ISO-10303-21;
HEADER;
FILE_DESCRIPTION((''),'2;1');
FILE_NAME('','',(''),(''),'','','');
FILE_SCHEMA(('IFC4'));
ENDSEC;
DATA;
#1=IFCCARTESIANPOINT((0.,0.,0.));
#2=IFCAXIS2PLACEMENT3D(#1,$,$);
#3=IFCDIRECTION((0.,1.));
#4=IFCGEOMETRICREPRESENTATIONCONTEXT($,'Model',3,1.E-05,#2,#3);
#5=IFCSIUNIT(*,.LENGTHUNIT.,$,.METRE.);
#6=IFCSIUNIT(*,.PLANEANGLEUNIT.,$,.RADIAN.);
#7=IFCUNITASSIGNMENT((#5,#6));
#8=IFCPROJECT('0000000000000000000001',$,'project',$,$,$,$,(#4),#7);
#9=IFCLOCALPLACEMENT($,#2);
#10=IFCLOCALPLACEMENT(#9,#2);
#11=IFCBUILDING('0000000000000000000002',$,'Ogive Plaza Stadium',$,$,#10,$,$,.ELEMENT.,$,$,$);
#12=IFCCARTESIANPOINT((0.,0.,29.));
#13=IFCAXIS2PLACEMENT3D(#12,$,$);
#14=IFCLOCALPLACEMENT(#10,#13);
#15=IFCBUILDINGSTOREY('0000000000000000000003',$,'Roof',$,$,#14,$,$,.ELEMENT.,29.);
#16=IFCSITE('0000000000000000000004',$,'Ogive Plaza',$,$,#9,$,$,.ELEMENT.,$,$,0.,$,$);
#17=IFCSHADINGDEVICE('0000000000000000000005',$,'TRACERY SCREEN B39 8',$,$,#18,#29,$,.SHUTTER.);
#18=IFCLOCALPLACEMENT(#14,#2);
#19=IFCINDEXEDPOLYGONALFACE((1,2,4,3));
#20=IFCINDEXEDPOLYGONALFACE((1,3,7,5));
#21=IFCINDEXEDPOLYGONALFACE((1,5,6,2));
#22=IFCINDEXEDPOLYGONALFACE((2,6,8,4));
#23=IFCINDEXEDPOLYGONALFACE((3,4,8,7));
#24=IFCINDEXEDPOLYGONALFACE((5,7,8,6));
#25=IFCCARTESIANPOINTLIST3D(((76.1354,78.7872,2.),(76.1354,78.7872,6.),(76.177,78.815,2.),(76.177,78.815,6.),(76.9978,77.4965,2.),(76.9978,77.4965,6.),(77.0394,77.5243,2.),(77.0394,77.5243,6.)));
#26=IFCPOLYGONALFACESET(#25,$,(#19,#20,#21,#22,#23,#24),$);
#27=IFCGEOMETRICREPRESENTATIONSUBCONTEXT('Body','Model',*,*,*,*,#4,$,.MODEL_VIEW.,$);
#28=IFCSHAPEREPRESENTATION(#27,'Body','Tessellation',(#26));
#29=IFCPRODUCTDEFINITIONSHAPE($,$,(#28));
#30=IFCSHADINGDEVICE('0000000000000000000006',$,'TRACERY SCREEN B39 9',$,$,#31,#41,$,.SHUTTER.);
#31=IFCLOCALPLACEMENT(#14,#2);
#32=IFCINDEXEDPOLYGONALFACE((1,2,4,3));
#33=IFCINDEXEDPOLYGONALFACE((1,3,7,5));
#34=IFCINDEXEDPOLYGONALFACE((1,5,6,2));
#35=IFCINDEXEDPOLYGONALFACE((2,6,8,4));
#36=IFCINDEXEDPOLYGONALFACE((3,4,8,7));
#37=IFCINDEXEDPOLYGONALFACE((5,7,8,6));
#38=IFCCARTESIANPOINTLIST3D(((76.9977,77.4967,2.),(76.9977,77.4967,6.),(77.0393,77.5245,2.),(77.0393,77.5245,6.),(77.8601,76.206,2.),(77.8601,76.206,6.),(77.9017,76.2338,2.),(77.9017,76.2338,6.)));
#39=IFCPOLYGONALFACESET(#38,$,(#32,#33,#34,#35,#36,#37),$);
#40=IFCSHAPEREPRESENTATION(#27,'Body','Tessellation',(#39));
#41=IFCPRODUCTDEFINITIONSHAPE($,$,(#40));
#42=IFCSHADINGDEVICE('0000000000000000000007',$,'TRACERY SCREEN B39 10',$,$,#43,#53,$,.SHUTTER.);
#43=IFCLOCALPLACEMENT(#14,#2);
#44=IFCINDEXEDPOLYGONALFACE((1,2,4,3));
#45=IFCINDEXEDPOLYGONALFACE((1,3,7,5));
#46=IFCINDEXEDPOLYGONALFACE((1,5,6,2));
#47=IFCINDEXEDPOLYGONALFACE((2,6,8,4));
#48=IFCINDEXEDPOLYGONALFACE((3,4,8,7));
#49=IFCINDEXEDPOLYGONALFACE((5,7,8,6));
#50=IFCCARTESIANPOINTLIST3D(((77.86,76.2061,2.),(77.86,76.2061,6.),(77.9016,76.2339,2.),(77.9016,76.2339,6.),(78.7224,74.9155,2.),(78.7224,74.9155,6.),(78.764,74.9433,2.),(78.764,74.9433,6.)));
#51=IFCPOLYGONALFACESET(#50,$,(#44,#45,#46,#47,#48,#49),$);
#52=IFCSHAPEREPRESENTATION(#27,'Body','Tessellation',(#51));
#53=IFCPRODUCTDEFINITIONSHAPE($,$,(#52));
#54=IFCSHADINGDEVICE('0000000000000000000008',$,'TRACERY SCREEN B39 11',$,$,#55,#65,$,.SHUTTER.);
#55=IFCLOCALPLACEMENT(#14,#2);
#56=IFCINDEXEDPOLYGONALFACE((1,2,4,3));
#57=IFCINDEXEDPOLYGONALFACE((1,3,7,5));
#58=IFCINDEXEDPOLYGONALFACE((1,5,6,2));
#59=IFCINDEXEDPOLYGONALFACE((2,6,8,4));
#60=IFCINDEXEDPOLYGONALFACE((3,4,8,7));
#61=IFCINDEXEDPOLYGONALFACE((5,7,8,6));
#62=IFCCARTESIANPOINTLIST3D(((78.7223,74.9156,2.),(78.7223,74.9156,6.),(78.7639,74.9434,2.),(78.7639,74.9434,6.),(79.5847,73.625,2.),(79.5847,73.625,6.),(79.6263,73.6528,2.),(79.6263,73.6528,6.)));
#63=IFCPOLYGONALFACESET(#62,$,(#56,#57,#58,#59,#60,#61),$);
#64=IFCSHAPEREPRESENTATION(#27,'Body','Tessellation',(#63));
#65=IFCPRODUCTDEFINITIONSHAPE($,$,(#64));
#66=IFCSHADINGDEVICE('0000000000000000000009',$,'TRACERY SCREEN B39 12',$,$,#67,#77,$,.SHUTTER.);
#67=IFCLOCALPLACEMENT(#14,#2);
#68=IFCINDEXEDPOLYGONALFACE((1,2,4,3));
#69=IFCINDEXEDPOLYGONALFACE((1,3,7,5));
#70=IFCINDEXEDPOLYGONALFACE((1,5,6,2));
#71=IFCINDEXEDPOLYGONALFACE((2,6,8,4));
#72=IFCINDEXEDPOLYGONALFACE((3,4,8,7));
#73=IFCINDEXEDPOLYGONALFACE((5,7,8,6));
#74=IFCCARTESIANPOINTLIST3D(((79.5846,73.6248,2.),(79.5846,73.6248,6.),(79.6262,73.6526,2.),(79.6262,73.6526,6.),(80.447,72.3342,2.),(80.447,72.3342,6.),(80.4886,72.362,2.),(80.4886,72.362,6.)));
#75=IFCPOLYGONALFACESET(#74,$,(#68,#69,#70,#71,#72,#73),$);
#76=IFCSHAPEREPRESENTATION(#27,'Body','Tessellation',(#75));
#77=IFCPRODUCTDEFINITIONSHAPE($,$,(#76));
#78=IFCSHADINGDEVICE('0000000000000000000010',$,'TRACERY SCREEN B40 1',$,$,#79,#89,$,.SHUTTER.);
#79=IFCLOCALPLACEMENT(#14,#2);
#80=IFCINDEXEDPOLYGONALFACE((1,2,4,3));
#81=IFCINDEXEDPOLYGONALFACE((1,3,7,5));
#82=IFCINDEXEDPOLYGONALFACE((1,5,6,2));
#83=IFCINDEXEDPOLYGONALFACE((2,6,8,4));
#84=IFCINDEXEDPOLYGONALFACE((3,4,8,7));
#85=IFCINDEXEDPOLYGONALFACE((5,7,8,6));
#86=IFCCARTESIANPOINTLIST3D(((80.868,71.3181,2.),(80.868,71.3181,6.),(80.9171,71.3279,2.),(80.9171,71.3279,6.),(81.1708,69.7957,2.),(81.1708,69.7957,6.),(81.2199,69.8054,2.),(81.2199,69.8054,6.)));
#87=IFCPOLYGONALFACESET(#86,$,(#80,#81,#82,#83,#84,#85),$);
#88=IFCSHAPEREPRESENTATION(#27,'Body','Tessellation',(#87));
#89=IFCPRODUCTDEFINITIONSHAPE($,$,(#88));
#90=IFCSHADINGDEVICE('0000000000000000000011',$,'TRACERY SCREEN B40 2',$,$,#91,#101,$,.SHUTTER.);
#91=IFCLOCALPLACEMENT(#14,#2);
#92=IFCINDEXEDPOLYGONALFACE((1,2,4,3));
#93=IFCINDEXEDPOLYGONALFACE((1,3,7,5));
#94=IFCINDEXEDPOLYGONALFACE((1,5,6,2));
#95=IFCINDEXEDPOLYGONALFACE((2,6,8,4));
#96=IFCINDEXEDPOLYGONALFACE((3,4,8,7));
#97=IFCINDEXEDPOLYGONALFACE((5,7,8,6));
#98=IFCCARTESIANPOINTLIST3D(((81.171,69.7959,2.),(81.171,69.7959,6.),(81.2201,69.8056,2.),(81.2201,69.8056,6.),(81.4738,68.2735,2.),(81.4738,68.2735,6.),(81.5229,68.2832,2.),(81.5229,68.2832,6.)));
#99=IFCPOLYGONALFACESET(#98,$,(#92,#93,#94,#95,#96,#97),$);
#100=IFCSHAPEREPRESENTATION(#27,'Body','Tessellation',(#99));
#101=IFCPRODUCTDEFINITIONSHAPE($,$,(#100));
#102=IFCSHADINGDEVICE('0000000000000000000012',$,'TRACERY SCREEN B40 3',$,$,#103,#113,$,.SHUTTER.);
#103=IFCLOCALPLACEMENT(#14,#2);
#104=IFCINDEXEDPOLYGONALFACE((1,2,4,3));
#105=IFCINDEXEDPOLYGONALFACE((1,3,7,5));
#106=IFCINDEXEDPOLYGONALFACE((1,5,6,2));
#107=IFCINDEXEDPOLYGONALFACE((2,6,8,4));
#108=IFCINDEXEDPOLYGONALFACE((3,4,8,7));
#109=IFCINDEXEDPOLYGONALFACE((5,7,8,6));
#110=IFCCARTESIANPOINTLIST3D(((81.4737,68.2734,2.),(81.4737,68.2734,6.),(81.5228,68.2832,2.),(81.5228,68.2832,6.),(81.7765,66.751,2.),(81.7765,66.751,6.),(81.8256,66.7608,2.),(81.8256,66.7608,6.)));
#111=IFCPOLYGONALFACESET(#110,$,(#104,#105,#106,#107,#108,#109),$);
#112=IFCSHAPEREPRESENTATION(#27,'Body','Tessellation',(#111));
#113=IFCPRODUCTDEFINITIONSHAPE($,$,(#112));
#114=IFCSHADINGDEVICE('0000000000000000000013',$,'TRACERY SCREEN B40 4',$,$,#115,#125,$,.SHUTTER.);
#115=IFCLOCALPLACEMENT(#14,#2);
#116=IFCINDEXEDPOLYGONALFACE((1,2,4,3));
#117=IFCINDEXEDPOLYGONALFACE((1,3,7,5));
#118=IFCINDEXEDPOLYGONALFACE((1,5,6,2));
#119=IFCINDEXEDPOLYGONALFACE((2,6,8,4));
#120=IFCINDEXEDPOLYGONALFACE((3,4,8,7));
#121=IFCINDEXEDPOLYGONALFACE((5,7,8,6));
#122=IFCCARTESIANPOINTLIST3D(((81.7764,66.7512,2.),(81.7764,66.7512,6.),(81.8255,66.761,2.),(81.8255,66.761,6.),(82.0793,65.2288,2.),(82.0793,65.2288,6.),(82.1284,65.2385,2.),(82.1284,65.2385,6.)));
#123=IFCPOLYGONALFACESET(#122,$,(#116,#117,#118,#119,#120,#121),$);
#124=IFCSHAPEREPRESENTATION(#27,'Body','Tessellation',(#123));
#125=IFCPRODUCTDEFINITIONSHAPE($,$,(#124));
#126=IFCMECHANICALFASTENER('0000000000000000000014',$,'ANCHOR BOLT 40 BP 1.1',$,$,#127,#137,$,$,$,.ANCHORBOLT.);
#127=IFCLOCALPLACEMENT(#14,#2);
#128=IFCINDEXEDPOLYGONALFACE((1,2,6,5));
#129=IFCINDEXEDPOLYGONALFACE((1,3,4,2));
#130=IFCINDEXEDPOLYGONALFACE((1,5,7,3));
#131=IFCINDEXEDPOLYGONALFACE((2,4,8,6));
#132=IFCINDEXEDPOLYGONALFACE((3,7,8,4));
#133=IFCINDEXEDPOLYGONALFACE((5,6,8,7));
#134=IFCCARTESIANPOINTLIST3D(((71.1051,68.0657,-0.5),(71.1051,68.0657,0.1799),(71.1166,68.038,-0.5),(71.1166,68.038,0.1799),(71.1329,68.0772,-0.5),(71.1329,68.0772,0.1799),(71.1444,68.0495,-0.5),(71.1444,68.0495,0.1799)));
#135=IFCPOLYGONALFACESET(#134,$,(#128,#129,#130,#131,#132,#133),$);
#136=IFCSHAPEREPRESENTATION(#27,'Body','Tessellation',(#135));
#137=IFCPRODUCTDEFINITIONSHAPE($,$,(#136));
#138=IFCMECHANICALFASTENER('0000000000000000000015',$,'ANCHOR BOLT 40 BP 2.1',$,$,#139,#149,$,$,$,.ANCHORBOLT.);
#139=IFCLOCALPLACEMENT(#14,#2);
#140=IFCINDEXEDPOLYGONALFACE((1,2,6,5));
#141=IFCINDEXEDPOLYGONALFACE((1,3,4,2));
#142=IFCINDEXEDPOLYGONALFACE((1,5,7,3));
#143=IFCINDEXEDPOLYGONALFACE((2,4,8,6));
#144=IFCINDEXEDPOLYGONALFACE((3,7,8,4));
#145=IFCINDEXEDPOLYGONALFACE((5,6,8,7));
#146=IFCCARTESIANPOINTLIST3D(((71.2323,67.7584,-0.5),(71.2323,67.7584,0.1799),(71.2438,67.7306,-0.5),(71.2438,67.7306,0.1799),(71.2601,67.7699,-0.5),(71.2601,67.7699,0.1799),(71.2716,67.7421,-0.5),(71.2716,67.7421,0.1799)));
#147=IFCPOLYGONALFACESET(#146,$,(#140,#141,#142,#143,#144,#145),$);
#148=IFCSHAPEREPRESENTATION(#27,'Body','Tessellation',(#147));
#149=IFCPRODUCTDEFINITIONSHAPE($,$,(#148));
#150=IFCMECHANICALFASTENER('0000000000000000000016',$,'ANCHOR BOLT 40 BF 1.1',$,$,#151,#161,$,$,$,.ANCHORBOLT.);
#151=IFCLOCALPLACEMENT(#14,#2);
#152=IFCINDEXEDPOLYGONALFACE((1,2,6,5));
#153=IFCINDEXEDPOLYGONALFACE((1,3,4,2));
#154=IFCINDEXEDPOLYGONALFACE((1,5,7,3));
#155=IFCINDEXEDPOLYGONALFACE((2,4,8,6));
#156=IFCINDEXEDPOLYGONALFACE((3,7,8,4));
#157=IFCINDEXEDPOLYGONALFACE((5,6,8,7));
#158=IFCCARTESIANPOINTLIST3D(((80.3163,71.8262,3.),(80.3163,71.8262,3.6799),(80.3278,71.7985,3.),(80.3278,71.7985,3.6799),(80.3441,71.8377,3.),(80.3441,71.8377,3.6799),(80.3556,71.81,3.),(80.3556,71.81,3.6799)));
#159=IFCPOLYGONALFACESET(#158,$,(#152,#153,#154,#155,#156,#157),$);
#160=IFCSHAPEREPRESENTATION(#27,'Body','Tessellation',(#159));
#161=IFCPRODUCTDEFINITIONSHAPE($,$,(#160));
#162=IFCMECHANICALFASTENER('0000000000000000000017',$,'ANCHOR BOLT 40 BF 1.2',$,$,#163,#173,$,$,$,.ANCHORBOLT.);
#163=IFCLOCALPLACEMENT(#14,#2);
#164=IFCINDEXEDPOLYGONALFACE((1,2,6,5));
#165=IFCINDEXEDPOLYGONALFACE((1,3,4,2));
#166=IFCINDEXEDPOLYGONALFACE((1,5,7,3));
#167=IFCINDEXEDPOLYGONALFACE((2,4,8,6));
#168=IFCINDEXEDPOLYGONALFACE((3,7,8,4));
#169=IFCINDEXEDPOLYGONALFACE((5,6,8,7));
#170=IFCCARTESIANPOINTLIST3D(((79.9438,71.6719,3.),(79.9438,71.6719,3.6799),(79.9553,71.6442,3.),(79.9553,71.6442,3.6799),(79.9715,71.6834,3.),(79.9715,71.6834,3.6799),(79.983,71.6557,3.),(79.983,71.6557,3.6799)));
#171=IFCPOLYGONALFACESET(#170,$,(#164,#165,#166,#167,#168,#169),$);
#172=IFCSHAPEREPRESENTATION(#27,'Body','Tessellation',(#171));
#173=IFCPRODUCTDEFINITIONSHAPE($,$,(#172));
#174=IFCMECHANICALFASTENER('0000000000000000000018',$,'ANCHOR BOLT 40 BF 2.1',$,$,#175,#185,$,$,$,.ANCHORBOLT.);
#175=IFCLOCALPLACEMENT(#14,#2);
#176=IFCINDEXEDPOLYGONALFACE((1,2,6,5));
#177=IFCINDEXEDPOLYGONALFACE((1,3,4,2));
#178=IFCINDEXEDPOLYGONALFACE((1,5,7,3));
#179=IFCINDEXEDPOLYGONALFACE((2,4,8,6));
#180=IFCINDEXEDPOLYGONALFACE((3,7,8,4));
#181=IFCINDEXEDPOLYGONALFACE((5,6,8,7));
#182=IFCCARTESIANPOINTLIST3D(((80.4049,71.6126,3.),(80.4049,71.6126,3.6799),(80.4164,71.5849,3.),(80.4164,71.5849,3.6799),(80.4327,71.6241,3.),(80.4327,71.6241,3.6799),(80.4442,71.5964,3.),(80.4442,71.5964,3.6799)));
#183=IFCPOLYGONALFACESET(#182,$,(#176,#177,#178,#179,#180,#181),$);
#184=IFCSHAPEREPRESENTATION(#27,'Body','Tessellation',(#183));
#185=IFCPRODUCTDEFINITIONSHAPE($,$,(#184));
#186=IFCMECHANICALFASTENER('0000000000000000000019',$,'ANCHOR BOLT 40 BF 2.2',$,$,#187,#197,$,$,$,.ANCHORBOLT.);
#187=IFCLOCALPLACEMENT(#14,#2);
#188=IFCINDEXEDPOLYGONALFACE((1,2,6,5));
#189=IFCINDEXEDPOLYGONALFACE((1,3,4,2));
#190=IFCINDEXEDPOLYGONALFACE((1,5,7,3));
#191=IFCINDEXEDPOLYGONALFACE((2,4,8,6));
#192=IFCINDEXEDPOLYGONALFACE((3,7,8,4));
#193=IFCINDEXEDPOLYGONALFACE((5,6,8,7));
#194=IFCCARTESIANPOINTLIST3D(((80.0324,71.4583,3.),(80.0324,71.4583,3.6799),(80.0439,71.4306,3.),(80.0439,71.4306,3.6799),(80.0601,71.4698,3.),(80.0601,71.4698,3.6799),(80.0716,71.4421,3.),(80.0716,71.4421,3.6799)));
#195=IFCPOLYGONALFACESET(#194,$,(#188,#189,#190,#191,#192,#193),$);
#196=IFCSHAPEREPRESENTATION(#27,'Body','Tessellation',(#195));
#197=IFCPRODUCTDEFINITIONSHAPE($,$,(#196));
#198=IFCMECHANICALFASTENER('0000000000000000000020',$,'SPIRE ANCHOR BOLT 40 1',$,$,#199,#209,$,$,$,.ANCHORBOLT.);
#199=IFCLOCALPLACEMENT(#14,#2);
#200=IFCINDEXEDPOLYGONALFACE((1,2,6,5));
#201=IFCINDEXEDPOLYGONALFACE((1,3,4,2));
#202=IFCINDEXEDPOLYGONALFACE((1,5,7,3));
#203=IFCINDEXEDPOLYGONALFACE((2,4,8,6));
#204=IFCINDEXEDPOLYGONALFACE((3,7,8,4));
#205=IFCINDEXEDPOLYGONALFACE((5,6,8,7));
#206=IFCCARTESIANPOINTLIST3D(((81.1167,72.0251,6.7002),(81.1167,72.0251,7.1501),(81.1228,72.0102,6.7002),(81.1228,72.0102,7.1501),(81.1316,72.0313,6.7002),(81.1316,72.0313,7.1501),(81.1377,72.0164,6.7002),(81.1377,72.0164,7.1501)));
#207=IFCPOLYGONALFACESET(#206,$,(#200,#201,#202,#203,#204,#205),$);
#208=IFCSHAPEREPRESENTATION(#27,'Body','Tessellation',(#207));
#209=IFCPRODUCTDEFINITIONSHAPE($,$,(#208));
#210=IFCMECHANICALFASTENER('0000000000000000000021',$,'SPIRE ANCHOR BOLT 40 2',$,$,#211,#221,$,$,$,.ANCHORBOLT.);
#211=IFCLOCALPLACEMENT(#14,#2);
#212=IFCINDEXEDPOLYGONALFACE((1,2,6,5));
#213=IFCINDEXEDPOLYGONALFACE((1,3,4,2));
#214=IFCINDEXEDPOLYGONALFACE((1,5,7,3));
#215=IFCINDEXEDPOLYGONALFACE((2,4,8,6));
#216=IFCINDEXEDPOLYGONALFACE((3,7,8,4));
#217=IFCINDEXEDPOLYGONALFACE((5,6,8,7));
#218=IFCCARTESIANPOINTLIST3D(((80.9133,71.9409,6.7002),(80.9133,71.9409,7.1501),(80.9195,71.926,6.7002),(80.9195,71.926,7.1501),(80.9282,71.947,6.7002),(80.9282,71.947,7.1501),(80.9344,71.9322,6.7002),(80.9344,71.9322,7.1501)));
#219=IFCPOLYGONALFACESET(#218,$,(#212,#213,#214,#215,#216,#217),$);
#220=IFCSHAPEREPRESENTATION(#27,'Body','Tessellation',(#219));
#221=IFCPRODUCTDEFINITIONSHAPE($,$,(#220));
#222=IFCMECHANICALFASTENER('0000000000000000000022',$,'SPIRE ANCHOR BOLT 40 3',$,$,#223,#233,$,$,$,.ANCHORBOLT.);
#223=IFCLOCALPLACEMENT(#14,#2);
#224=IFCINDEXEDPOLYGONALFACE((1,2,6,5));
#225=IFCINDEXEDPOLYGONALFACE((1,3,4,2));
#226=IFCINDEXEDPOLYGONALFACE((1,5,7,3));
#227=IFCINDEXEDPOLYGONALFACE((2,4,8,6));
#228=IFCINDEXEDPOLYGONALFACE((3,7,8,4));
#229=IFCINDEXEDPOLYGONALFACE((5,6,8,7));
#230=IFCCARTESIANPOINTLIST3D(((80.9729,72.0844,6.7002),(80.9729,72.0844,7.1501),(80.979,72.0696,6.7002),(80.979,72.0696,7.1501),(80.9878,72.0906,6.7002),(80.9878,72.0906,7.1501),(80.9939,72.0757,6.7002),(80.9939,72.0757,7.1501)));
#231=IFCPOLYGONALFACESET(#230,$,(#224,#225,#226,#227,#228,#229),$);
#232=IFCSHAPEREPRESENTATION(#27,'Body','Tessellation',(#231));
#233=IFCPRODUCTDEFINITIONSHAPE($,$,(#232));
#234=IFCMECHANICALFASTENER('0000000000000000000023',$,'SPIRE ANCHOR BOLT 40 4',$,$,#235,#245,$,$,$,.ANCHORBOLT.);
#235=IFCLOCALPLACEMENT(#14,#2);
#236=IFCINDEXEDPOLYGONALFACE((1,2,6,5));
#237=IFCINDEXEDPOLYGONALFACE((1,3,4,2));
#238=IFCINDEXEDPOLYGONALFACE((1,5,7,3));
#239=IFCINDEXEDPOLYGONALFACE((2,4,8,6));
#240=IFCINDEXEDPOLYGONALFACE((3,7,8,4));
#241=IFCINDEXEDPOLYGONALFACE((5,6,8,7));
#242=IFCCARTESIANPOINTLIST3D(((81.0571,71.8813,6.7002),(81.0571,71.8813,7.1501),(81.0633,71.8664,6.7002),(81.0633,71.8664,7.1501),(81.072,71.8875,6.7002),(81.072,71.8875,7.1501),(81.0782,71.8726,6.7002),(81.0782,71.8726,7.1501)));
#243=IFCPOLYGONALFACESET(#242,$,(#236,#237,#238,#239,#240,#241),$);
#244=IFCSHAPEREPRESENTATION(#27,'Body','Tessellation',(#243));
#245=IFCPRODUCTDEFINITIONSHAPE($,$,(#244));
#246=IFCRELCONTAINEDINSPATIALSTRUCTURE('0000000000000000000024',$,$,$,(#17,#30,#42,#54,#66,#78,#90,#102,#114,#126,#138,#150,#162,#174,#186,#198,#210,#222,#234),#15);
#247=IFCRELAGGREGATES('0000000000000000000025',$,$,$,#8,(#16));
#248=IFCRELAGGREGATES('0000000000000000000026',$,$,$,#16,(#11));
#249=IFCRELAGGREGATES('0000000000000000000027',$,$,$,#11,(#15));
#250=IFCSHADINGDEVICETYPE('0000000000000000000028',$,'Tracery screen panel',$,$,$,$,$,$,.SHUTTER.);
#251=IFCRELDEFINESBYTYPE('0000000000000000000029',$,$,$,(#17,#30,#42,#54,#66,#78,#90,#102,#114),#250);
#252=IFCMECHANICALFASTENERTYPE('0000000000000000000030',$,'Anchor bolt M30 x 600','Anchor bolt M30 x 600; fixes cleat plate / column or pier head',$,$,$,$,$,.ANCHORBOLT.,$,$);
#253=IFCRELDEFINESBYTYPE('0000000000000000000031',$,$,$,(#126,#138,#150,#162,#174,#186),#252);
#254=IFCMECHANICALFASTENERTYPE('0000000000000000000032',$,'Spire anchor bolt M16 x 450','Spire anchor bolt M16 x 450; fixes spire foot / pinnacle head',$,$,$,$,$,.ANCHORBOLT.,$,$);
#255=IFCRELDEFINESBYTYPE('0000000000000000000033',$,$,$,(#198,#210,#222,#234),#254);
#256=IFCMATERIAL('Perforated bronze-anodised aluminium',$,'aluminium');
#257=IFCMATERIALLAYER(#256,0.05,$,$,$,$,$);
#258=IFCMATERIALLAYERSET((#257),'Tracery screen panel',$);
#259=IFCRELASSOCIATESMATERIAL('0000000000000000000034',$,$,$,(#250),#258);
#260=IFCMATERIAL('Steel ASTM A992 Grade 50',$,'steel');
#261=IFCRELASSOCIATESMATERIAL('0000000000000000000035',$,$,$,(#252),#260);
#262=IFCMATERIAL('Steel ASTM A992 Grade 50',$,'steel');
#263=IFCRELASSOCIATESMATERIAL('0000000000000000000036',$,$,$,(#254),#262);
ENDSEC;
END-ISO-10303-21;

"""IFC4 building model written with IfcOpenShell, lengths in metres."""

from ifc_helpers import new_model, si_unit, direction, frame, origin, origin_2d, place, context, subcontext, project, spatial, rectangle, extrude, material, layer, layer_set, type_object, element, save


model = new_model("IFC4")

# Units and contexts
model_context = context("Model", 3, precision=1e-05, world=origin(), true_north=direction((0.0, 1.0)))
body_context = subcontext(model_context, "Body", "Model", "MODEL_VIEW")
ifc_project = project(units=[si_unit("LENGTHUNIT", "METRE"), si_unit("PLANEANGLEUNIT", "RADIAN")], contexts=[model_context])

# Site, building, storey
site_placement = place(None, origin())
site = spatial("IfcSite", under=ifc_project, at=site_placement, Name="Ogive Plaza", CompositionType="ELEMENT", RefElevation=0.0)
building_placement = place(site_placement, origin())
building = spatial("IfcBuilding", under=site, at=building_placement, Name="Ogive Plaza Stadium", CompositionType="ELEMENT")
storey_placement = place(building_placement, frame((0.0, 0.0, 29.0)))
storey = spatial("IfcBuildingStorey", under=building, at=storey_placement, Name="Roof", CompositionType="ELEMENT", Elevation=29.0)

# Shading devices
ifc_material_1 = material(Name="Perforated bronze-anodised aluminium", Category="aluminium")
ifc_layer_1 = layer(ifc_material_1, 0.05)
ifc_layer_set_1 = layer_set([ifc_layer_1], Name="Tracery screen panel")
shading_device_type = type_object("IfcShadingDeviceType", Name="Tracery screen panel", PredefinedType="SHUTTER", material=ifc_layer_set_1)
for number, where, z_axis, x_axis, name in (
    (1, (76.5874, 78.1558, 2.0), (0.0, 0.0, 1.0), (0.55557, -0.83147, 0.0), "TRACERY SCREEN B39 8"),
    (2, (77.4497, 76.8652, 2.0), (0.0, 0.0, 1.0), (0.55557, -0.83147, 0.0), "TRACERY SCREEN B39 9"),
    (3, (78.312, 75.5747, 2.0), (0.0, 0.0, 1.0), (0.55557, -0.83147, 0.0), "TRACERY SCREEN B39 10"),
    (4, (79.1743, 74.2842, 2.0), (0.0, 0.0, 1.0), (0.55557, -0.83147, 0.0), "TRACERY SCREEN B39 11"),
    (5, (80.0366, 72.9934, 2.0), (0.0, 0.0, 1.0), (0.55557, -0.83147, 0.0), "TRACERY SCREEN B39 12"),
    (6, (81.0439, 70.5618, 2.0), (0.0, 0.0, 1.0), (0.19509, -0.980785, 0.0), "TRACERY SCREEN B40 1"),
    (7, (81.3469, 69.0396, 2.0), (0.0, 0.0, 1.0), (0.19509, -0.980785, 0.0), "TRACERY SCREEN B40 2"),
    (8, (81.6497, 67.5171, 2.0), (0.0, 0.0, 1.0), (0.19509, -0.980785, 0.0), "TRACERY SCREEN B40 3"),
    (9, (81.9524, 65.9949, 2.0), (0.0, 0.0, 1.0), (0.19509, -0.980785, 0.0), "TRACERY SCREEN B40 4"),
):
    element("IfcShadingDevice", number, at=place(storey_placement, frame(where, z_axis=z_axis, x_axis=x_axis)), inside=storey, type_object=shading_device_type, Name=name, PredefinedType="SHUTTER", context=body_context, shape_type="SweptSolid", body=[
        extrude(rectangle(XDim=1.5522, YDim=0.05, at=origin_2d()), origin(), (0.0, 0.0, 1.0), 4.0),
    ])

# Mechanical fasteners
ifc_material_2 = material(Name="Steel ASTM A992 Grade 50", Category="steel")
mechanical_fastener_type_1 = type_object("IfcMechanicalFastenerType", Name="Anchor bolt M30 x 600", Description="Anchor bolt M30 x 600; fixes cleat plate / column or pier head", PredefinedType="ANCHORBOLT", material=ifc_material_2)
for number, where, z_axis, x_axis, name in (
    (10, (71.1248, 68.0576, -0.5), (0.0, 0.0, 1.0), (0.92388, 0.382683, 0.0), "ANCHOR BOLT 40 BP 1.1"),
    (11, (71.252, 67.7502, -0.5), (0.0, 0.0, 1.0), (0.92388, 0.382683, 0.0), "ANCHOR BOLT 40 BP 2.1"),
    (12, (80.3359, 71.8181, 3.0), (0.0, 0.0, 1.0), (0.92388, 0.382683, 0.0), "ANCHOR BOLT 40 BF 1.1"),
    (13, (79.9634, 71.6638, 3.0), (0.0, 0.0, 1.0), (0.92388, 0.382683, 0.0), "ANCHOR BOLT 40 BF 1.2"),
    (14, (80.4246, 71.6045, 3.0), (0.0, 0.0, 1.0), (0.92388, 0.382683, 0.0), "ANCHOR BOLT 40 BF 2.1"),
    (15, (80.052, 71.4502, 3.0), (0.0, 0.0, 1.0), (0.92388, 0.382683, 0.0), "ANCHOR BOLT 40 BF 2.2"),
):
    element("IfcMechanicalFastener", number, at=place(storey_placement, frame(where, z_axis=z_axis, x_axis=x_axis)), inside=storey, type_object=mechanical_fastener_type_1, Name=name, PredefinedType="ANCHORBOLT", context=body_context, shape_type="SweptSolid", body=[
        extrude(rectangle(XDim=0.03, YDim=0.03, at=origin_2d()), origin(), (0.0, 0.0, 1.0), 0.6799),
    ])
ifc_material_3 = material(Name="Steel ASTM A992 Grade 50", Category="steel")
mechanical_fastener_type_2 = type_object("IfcMechanicalFastenerType", Name="Spire anchor bolt M16 x 450", Description="Spire anchor bolt M16 x 450; fixes spire foot / pinnacle head", PredefinedType="ANCHORBOLT", material=ifc_material_3)
for number, where, z_axis, x_axis, name in (
    (16, (81.1272, 72.0208, 6.7002), (0.0, 0.0, 1.0), (0.92388, 0.382683, 0.0), "SPIRE ANCHOR BOLT 40 1"),
    (17, (80.9238, 71.9365, 6.7002), (0.0, 0.0, 1.0), (0.92388, 0.382683, 0.0), "SPIRE ANCHOR BOLT 40 2"),
    (18, (80.9834, 72.0801, 6.7002), (0.0, 0.0, 1.0), (0.92388, 0.382683, 0.0), "SPIRE ANCHOR BOLT 40 3"),
    (19, (81.0676, 71.877, 6.7002), (0.0, 0.0, 1.0), (0.92388, 0.382683, 0.0), "SPIRE ANCHOR BOLT 40 4"),
):
    element("IfcMechanicalFastener", number, at=place(storey_placement, frame(where, z_axis=z_axis, x_axis=x_axis)), inside=storey, type_object=mechanical_fastener_type_2, Name=name, PredefinedType="ANCHORBOLT", context=body_context, shape_type="SweptSolid", body=[
        extrude(rectangle(XDim=0.0161, YDim=0.0161, at=origin_2d()), origin(), (0.0, 0.0, 1.0), 0.45),
    ])

save(model, "model.ifc")
